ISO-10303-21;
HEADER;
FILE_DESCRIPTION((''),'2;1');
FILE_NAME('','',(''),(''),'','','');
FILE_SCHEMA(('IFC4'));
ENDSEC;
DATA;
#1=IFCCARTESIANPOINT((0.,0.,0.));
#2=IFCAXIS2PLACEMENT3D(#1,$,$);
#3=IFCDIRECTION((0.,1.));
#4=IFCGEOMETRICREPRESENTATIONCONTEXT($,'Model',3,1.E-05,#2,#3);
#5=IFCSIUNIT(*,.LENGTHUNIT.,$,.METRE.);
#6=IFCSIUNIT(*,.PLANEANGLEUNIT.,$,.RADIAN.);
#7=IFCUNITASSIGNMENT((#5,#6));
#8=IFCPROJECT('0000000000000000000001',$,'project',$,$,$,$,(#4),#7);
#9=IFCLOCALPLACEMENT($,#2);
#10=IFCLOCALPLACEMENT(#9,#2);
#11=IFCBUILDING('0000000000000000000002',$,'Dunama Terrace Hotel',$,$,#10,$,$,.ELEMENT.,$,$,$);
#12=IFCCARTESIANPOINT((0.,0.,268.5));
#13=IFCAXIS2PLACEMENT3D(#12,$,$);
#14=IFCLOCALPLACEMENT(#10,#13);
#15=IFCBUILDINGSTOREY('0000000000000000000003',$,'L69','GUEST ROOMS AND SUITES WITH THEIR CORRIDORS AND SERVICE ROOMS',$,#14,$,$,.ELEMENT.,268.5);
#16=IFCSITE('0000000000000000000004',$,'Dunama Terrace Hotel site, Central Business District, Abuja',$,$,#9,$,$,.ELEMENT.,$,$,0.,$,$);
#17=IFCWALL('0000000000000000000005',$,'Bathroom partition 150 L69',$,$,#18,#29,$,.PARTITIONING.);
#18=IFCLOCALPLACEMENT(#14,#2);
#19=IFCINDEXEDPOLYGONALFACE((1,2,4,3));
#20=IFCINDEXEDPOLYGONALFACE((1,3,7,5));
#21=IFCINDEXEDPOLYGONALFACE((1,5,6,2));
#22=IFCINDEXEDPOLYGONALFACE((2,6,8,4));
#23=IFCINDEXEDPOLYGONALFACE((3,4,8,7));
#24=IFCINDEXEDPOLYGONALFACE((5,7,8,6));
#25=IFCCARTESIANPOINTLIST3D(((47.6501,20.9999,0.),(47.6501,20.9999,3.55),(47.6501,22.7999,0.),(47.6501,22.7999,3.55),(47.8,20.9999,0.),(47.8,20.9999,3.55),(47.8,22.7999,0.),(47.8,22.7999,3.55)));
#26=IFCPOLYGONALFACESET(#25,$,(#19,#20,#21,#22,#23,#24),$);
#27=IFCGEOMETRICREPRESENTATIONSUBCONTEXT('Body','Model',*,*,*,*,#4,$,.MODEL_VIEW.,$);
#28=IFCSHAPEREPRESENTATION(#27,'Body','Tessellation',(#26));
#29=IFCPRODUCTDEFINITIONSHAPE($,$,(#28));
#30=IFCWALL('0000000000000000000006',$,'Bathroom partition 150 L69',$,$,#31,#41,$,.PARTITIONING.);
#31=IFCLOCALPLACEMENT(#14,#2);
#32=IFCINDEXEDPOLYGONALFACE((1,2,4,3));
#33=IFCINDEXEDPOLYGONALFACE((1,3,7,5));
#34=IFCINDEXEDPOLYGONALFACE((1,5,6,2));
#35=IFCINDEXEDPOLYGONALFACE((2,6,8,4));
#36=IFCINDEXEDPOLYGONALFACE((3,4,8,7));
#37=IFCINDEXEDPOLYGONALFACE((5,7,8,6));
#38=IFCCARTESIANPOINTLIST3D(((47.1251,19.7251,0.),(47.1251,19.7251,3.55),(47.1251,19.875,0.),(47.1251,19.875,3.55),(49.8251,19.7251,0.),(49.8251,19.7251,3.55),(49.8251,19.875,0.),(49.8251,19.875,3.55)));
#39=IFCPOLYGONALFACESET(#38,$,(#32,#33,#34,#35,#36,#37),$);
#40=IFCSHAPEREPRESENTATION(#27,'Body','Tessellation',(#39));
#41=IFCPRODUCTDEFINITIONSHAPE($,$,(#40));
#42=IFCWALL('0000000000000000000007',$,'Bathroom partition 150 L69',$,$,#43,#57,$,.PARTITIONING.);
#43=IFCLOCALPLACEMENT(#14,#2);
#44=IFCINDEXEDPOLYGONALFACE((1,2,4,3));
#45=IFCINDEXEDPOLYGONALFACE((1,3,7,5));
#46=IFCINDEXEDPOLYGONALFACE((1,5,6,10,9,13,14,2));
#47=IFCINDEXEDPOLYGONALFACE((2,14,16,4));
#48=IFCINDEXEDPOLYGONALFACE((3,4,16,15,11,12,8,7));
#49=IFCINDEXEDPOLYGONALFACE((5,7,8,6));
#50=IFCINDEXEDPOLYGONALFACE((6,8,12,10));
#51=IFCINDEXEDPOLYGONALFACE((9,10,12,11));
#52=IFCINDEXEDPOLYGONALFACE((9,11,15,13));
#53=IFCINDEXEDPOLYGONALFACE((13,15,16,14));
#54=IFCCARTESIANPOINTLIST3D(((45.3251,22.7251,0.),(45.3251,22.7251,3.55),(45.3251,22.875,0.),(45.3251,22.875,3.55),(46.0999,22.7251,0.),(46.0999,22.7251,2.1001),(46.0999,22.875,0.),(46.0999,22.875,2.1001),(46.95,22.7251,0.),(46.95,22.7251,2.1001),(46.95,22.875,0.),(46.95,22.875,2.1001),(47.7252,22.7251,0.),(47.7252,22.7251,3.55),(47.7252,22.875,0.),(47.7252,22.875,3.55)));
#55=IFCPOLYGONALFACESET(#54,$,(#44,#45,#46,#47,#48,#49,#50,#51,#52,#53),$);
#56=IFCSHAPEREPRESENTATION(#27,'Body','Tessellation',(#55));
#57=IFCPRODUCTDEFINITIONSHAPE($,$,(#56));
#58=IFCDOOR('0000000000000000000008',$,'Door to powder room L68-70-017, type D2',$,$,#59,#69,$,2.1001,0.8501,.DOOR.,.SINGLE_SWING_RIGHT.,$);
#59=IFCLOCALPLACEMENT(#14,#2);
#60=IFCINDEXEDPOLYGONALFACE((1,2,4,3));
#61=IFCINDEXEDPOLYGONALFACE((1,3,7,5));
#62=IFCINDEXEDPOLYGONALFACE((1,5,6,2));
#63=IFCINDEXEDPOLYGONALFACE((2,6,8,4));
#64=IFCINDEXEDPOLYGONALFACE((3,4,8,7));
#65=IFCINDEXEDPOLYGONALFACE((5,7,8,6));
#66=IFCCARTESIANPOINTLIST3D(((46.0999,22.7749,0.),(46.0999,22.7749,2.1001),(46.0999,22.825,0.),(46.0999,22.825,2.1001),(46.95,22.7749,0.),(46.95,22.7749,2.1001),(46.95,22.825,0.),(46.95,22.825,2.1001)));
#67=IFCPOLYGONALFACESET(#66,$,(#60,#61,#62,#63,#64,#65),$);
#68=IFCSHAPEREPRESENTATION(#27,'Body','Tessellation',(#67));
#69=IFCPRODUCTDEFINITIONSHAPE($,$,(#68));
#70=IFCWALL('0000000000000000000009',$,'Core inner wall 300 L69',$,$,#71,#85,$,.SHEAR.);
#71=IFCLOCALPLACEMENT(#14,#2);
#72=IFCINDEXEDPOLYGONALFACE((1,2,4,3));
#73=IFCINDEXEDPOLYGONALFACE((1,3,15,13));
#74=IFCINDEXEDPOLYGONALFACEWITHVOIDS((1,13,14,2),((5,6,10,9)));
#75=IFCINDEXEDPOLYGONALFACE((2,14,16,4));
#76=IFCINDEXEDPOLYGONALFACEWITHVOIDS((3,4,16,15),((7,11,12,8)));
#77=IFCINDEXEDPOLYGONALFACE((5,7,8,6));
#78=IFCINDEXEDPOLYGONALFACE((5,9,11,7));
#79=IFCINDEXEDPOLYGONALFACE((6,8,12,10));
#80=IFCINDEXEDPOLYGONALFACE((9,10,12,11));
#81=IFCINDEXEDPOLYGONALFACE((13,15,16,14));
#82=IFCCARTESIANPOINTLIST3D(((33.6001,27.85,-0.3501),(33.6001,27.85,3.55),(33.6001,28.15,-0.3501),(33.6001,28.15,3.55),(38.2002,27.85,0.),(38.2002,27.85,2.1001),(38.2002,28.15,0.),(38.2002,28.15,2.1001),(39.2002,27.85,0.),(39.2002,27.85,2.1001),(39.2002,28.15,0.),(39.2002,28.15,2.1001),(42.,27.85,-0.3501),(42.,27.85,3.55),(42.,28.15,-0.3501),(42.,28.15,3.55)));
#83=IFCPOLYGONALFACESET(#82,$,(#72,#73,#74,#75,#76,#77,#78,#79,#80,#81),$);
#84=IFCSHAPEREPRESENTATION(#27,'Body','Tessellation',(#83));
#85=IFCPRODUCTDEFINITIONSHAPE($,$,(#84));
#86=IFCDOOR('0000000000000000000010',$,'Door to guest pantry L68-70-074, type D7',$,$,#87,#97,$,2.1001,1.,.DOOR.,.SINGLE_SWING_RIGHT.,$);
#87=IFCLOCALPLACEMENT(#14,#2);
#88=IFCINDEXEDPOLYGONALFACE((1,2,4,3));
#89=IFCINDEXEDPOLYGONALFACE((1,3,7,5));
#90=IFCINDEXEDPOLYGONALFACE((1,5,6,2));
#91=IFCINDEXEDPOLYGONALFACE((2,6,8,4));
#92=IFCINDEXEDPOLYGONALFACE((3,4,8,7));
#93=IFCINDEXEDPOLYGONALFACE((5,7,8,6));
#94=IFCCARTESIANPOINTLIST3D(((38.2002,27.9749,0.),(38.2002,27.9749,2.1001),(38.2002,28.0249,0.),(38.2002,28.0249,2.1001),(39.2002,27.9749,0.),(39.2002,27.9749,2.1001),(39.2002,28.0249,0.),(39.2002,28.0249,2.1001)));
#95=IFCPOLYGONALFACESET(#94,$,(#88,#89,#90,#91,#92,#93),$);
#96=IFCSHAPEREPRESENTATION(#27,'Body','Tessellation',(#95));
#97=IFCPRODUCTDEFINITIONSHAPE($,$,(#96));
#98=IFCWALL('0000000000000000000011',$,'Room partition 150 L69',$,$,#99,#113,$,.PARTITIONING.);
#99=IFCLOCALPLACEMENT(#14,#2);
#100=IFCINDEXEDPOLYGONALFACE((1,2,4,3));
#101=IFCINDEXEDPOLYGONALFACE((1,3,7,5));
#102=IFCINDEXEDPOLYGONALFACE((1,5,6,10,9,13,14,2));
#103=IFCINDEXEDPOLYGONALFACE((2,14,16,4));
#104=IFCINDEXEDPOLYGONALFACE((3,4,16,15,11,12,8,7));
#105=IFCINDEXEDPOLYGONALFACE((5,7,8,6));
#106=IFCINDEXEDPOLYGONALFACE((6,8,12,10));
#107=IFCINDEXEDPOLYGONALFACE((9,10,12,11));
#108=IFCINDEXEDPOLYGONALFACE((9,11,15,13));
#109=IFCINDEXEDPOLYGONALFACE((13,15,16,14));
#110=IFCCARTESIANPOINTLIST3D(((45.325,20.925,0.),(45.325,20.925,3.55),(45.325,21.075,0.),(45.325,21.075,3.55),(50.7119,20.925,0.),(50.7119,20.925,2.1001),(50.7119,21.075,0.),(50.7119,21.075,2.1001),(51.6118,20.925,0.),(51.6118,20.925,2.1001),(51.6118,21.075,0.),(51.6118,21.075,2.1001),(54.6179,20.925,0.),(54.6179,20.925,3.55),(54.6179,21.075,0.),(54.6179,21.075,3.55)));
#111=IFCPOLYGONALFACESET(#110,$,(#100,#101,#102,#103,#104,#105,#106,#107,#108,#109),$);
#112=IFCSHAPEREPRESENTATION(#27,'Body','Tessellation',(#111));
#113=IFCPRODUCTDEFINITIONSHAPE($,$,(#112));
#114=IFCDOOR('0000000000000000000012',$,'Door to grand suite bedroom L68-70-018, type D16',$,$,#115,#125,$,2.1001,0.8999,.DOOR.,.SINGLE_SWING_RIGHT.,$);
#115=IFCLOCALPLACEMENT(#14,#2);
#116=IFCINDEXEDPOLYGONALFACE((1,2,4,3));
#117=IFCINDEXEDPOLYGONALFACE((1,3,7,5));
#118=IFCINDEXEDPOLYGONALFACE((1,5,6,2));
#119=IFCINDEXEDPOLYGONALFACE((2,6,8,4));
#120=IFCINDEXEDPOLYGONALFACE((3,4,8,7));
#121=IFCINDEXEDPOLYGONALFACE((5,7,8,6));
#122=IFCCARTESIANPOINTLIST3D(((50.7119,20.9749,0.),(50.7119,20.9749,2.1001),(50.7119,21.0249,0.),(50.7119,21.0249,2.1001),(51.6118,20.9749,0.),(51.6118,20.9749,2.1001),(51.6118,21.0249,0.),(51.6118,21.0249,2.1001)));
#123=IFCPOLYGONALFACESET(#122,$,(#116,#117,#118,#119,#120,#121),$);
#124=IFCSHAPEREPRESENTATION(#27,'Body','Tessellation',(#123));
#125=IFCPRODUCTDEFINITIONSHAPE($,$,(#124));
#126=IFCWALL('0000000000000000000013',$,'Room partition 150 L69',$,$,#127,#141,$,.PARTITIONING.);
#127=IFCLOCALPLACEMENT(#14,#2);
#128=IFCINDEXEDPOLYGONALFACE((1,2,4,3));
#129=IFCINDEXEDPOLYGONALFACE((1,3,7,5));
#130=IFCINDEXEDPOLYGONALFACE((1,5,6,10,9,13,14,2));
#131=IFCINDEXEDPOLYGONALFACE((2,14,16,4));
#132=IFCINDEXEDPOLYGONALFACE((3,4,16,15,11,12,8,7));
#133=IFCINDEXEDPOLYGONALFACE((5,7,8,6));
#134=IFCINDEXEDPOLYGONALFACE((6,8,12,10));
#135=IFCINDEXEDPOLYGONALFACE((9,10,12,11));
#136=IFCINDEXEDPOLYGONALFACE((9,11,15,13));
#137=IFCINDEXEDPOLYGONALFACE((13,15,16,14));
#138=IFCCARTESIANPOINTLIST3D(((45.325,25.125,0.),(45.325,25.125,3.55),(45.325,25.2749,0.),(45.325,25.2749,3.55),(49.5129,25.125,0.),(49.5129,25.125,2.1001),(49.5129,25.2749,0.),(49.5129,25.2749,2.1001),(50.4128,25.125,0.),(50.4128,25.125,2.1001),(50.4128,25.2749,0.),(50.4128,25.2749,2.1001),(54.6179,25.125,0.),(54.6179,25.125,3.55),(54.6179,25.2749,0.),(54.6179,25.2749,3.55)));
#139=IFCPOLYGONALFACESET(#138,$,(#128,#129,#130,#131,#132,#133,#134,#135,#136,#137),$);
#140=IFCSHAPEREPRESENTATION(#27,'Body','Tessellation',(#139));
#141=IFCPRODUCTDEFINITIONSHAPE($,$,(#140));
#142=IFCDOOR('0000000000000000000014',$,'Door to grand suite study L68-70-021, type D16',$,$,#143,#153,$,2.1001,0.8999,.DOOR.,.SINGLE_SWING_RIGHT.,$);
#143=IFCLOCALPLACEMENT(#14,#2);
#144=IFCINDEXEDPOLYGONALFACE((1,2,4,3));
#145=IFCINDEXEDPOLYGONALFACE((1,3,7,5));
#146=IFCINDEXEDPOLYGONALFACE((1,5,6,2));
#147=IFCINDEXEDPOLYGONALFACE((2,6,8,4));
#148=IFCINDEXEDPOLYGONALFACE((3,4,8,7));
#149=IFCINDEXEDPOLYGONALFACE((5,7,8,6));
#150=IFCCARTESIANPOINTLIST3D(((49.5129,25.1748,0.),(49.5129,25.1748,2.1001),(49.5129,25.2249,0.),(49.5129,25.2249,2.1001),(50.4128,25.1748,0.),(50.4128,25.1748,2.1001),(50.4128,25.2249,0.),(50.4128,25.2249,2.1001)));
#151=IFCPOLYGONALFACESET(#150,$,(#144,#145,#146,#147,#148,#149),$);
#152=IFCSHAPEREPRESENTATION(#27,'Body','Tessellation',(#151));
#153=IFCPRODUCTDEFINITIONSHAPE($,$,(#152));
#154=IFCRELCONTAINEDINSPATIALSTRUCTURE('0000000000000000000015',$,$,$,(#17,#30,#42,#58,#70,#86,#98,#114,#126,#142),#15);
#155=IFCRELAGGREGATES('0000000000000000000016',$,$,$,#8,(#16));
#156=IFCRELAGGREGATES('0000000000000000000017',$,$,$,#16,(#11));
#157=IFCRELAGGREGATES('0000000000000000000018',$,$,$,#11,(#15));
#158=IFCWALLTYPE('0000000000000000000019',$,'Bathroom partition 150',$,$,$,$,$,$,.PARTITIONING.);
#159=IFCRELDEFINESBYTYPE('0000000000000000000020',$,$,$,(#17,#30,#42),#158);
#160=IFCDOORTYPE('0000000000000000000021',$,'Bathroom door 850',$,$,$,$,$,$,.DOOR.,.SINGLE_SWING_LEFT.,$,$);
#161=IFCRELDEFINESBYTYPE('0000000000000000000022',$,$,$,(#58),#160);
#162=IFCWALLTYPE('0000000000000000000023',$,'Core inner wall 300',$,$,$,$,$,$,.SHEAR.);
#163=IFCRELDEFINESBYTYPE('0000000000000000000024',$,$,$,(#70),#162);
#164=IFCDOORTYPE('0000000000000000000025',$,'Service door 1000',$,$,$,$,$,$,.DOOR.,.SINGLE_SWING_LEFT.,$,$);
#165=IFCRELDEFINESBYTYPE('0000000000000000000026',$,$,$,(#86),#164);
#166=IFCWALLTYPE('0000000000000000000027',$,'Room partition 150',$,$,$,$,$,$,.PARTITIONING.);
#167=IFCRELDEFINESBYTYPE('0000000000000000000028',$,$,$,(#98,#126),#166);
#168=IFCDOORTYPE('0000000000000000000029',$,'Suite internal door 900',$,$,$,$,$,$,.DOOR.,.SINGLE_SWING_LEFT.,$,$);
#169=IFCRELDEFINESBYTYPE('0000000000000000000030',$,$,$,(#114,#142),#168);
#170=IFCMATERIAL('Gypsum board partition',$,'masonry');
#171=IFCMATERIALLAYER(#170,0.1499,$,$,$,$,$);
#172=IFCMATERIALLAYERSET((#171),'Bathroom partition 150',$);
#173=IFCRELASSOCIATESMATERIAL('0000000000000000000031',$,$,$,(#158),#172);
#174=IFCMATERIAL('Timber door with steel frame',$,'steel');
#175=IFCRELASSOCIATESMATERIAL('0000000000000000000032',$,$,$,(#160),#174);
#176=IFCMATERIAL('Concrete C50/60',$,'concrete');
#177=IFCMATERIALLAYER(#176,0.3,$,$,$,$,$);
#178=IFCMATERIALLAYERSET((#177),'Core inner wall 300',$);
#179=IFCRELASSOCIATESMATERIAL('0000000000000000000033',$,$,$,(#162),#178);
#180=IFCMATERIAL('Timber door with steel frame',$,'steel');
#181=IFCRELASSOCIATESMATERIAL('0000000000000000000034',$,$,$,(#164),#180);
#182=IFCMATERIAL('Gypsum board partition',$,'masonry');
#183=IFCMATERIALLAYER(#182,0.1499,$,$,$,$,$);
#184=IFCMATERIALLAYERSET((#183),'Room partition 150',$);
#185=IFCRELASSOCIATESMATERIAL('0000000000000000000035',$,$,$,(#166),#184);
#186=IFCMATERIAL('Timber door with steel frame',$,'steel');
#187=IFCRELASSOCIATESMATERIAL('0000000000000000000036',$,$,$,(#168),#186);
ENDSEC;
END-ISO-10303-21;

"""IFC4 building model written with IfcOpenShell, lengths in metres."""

from ifc_helpers import new_model, si_unit, direction, frame, frame_2d, origin, place, context, subcontext, project, spatial, rectangle, extrude, material, layer, layer_set, type_object, element, fill, save


model = new_model("IFC4")

# Units and contexts
model_context = context("Model", 3, precision=1e-05, world=origin(), true_north=direction((0.0, 1.0)))
body_context = subcontext(model_context, "Body", "Model", "MODEL_VIEW")
ifc_project = project(units=[si_unit("LENGTHUNIT", "METRE"), si_unit("PLANEANGLEUNIT", "RADIAN")], contexts=[model_context])

# Site, building, storey
site_placement = place(None, origin())
site = spatial("IfcSite", under=ifc_project, at=site_placement, Name="Dunama Terrace Hotel site, Central Business District, Abuja", CompositionType="ELEMENT", RefElevation=0.0)
building_placement = place(site_placement, origin())
building = spatial("IfcBuilding", under=site, at=building_placement, Name="Dunama Terrace Hotel", CompositionType="ELEMENT")
storey_placement = place(building_placement, frame((0.0, 0.0, 268.5)))
storey = spatial("IfcBuildingStorey", under=building, at=storey_placement, Name="L69", Description="GUEST ROOMS AND SUITES WITH THEIR CORRIDORS AND SERVICE ROOMS", CompositionType="ELEMENT", Elevation=268.5)

# Walls
ifc_material_1 = material(Name="Gypsum board partition", Category="masonry")
ifc_layer_1 = layer(ifc_material_1, 0.1499)
ifc_layer_set_1 = layer_set([ifc_layer_1], Name="Bathroom partition 150")
wall_type_1 = type_object("IfcWallType", Name="Bathroom partition 150", PredefinedType="PARTITIONING", material=ifc_layer_set_1)
wall_1_placement = place(storey_placement, frame((47.7251, 21.0, 0.0), z_axis=(0.0, 0.0, 1.0), x_axis=(0.0, 1.0, 0.0)))
element("IfcWall", 1, at=wall_1_placement, inside=storey, type_object=wall_type_1, Name="Bathroom partition 150 L69", PredefinedType="PARTITIONING", context=body_context, shape_type="SweptSolid", body=[
    extrude(rectangle(XDim=1.8, YDim=0.1499, at=frame_2d((0.8999, 0.0))), origin(), (0.0, 0.0, 1.0), 3.55),
])
wall_2_placement = place(storey_placement, frame((47.125, 19.8, 0.0), z_axis=(0.0, 0.0, 1.0), x_axis=(1.0, 0.0, 0.0)))
element("IfcWall", 2, at=wall_2_placement, inside=storey, type_object=wall_type_1, Name="Bathroom partition 150 L69", PredefinedType="PARTITIONING", context=body_context, shape_type="SweptSolid", body=[
    extrude(rectangle(XDim=2.7, YDim=0.1499, at=frame_2d((1.3501, 0.0))), origin(), (0.0, 0.0, 1.0), 3.55),
])

# Walls, openings, doors
wall_3_placement = place(storey_placement, frame((45.325, 22.8, 0.0), z_axis=(0.0, 0.0, 1.0), x_axis=(1.0, 0.0, 0.0)))
wall_3 = element("IfcWall", 3, at=wall_3_placement, inside=storey, type_object=wall_type_1, Name="Bathroom partition 150 L69", PredefinedType="PARTITIONING", context=body_context, shape_type="SweptSolid", body=[
    extrude(rectangle(XDim=2.4001, YDim=0.1499, at=frame_2d((1.2002, 0.0))), origin(), (0.0, 0.0, 1.0), 3.55),
])
opening_1_placement = place(wall_3_placement, frame((0.7749, 0.0, 0.0)))
opening_1 = element("IfcOpeningElement", 4, at=opening_1_placement, cuts=wall_3, PredefinedType="OPENING", context=body_context, shape_type="SweptSolid", body=[
    extrude(rectangle(XDim=0.8501, YDim=2.1001, at=frame_2d((0.425, 1.05))), frame((0.0, 0.085, 0.0), z_axis=(0.0, -1.0, 0.0), x_axis=(1.0, 0.0, 0.0)), (0.0, 0.0, 1.0), 0.1699),
])
ifc_material_2 = material(Name="Timber door with steel frame", Category="steel")
door_type_1 = type_object("IfcDoorType", Name="Bathroom door 850", OperationType="SINGLE_SWING_LEFT", PredefinedType="DOOR", material=ifc_material_2)
door_1_placement = place(opening_1_placement, frame((0.8501, 0.0, 0.0), z_axis=(0.0, 0.0, 1.0), x_axis=(-1.0, 0.0, 0.0)))
door_1 = element("IfcDoor", 5, at=door_1_placement, inside=storey, type_object=door_type_1, Name="Door to powder room L68-70-017, type D2", OperationType="SINGLE_SWING_RIGHT", OverallHeight=2.1001, OverallWidth=0.8501, PredefinedType="DOOR", context=body_context, shape_type="SweptSolid", body=[
    extrude(rectangle(XDim=0.8501, YDim=2.1001, at=frame_2d((0.425, 1.05))), frame((0.0, 0.0251, 0.0), z_axis=(0.0, -1.0, 0.0), x_axis=(1.0, 0.0, 0.0)), (0.0, 0.0, 1.0), 0.05),
])
fill(opening_1, door_1)
ifc_material_3 = material(Name="Concrete C50/60", Category="concrete")
ifc_layer_2 = layer(ifc_material_3, 0.3)
ifc_layer_set_2 = layer_set([ifc_layer_2], Name="Core inner wall 300")
wall_type_2 = type_object("IfcWallType", Name="Core inner wall 300", PredefinedType="SHEAR", material=ifc_layer_set_2)
wall_4_placement = place(storey_placement, frame((33.6001, 28.0, -0.3501), z_axis=(0.0, 0.0, 1.0), x_axis=(1.0, 0.0, 0.0)))
wall_4 = element("IfcWall", 6, at=wall_4_placement, inside=storey, type_object=wall_type_2, Name="Core inner wall 300 L69", PredefinedType="SHEAR", context=body_context, shape_type="SweptSolid", body=[
    extrude(rectangle(XDim=8.3999, YDim=0.3, at=frame_2d((4.2, 0.0))), origin(), (0.0, 0.0, 1.0), 3.9001),
])
opening_2_placement = place(wall_4_placement, frame((4.6001, 0.0, 0.3501)))
opening_2 = element("IfcOpeningElement", 7, at=opening_2_placement, cuts=wall_4, PredefinedType="OPENING", context=body_context, shape_type="SweptSolid", body=[
    extrude(rectangle(XDim=1.0, YDim=2.1001, at=frame_2d((0.5, 1.05))), frame((0.0, 0.1599, 0.0), z_axis=(0.0, -1.0, 0.0), x_axis=(1.0, 0.0, 0.0)), (0.0, 0.0, 1.0), 0.3201),
])
ifc_material_4 = material(Name="Timber door with steel frame", Category="steel")
door_type_2 = type_object("IfcDoorType", Name="Service door 1000", OperationType="SINGLE_SWING_LEFT", PredefinedType="DOOR", material=ifc_material_4)
door_2_placement = place(opening_2_placement, frame((1.0, 0.0, 0.0), z_axis=(0.0, 0.0, 1.0), x_axis=(-1.0, 0.0, 0.0)))
door_2 = element("IfcDoor", 8, at=door_2_placement, inside=storey, type_object=door_type_2, Name="Door to guest pantry L68-70-074, type D7", OperationType="SINGLE_SWING_RIGHT", OverallHeight=2.1001, OverallWidth=1.0, PredefinedType="DOOR", context=body_context, shape_type="SweptSolid", body=[
    extrude(rectangle(XDim=1.0, YDim=2.1001, at=frame_2d((0.5, 1.05))), frame((0.0, 0.0251, 0.0), z_axis=(0.0, -1.0, 0.0), x_axis=(1.0, 0.0, 0.0)), (0.0, 0.0, 1.0), 0.05),
])
fill(opening_2, door_2)
ifc_material_5 = material(Name="Gypsum board partition", Category="masonry")
ifc_layer_3 = layer(ifc_material_5, 0.1499)
ifc_layer_set_3 = layer_set([ifc_layer_3], Name="Room partition 150")
wall_type_3 = type_object("IfcWallType", Name="Room partition 150", PredefinedType="PARTITIONING", material=ifc_layer_set_3)
wall_5_placement = place(storey_placement, frame((45.325, 21.0, 0.0), z_axis=(0.0, 0.0, 1.0), x_axis=(1.0, 0.0, 0.0)))
wall_5 = element("IfcWall", 9, at=wall_5_placement, inside=storey, type_object=wall_type_3, Name="Room partition 150 L69", PredefinedType="PARTITIONING", context=body_context, shape_type="SweptSolid", body=[
    extrude(rectangle(XDim=9.293, YDim=0.1499, at=frame_2d((4.6465, 0.0))), origin(), (0.0, 0.0, 1.0), 3.55),
])
opening_3_placement = place(wall_5_placement, frame((5.387, 0.0, 0.0)))
opening_3 = element("IfcOpeningElement", 10, at=opening_3_placement, cuts=wall_5, PredefinedType="OPENING", context=body_context, shape_type="SweptSolid", body=[
    extrude(rectangle(XDim=0.8999, YDim=2.1001, at=frame_2d((0.45, 1.05))), frame((0.0, 0.085, 0.0), z_axis=(0.0, -1.0, 0.0), x_axis=(1.0, 0.0, 0.0)), (0.0, 0.0, 1.0), 0.1699),
])
ifc_material_6 = material(Name="Timber door with steel frame", Category="steel")
door_type_3 = type_object("IfcDoorType", Name="Suite internal door 900", OperationType="SINGLE_SWING_LEFT", PredefinedType="DOOR", material=ifc_material_6)
door_3_placement = place(opening_3_placement, frame((0.8999, 0.0, 0.0), z_axis=(0.0, 0.0, 1.0), x_axis=(-1.0, 0.0, 0.0)))
door_3 = element("IfcDoor", 11, at=door_3_placement, inside=storey, type_object=door_type_3, Name="Door to grand suite bedroom L68-70-018, type D16", OperationType="SINGLE_SWING_RIGHT", OverallHeight=2.1001, OverallWidth=0.8999, PredefinedType="DOOR", context=body_context, shape_type="SweptSolid", body=[
    extrude(rectangle(XDim=0.8999, YDim=2.1001, at=frame_2d((0.45, 1.05))), frame((0.0, 0.0251, 0.0), z_axis=(0.0, -1.0, 0.0), x_axis=(1.0, 0.0, 0.0)), (0.0, 0.0, 1.0), 0.05),
])
fill(opening_3, door_3)
wall_6_placement = place(storey_placement, frame((45.325, 25.2, 0.0), z_axis=(0.0, 0.0, 1.0), x_axis=(1.0, 0.0, 0.0)))
wall_6 = element("IfcWall", 12, at=wall_6_placement, inside=storey, type_object=wall_type_3, Name="Room partition 150 L69", PredefinedType="PARTITIONING", context=body_context, shape_type="SweptSolid", body=[
    extrude(rectangle(XDim=9.293, YDim=0.1499, at=frame_2d((4.6465, 0.0))), origin(), (0.0, 0.0, 1.0), 3.55),
])
opening_4_placement = place(wall_6_placement, frame((4.188, 0.0, 0.0)))
opening_4 = element("IfcOpeningElement", 13, at=opening_4_placement, cuts=wall_6, PredefinedType="OPENING", context=body_context, shape_type="SweptSolid", body=[
    extrude(rectangle(XDim=0.8999, YDim=2.1001, at=frame_2d((0.45, 1.05))), frame((0.0, 0.085, 0.0), z_axis=(0.0, -1.0, 0.0), x_axis=(1.0, 0.0, 0.0)), (0.0, 0.0, 1.0), 0.1699),
])
door_4_placement = place(opening_4_placement, frame((0.8999, 0.0, 0.0), z_axis=(0.0, 0.0, 1.0), x_axis=(-1.0, 0.0, 0.0)))
door_4 = element("IfcDoor", 14, at=door_4_placement, inside=storey, type_object=door_type_3, Name="Door to grand suite study L68-70-021, type D16", OperationType="SINGLE_SWING_RIGHT", OverallHeight=2.1001, OverallWidth=0.8999, PredefinedType="DOOR", context=body_context, shape_type="SweptSolid", body=[
    extrude(rectangle(XDim=0.8999, YDim=2.1001, at=frame_2d((0.45, 1.05))), frame((0.0, 0.0251, 0.0), z_axis=(0.0, -1.0, 0.0), x_axis=(1.0, 0.0, 0.0)), (0.0, 0.0, 1.0), 0.05),
])
fill(opening_4, door_4)

save(model, "model.ifc")
